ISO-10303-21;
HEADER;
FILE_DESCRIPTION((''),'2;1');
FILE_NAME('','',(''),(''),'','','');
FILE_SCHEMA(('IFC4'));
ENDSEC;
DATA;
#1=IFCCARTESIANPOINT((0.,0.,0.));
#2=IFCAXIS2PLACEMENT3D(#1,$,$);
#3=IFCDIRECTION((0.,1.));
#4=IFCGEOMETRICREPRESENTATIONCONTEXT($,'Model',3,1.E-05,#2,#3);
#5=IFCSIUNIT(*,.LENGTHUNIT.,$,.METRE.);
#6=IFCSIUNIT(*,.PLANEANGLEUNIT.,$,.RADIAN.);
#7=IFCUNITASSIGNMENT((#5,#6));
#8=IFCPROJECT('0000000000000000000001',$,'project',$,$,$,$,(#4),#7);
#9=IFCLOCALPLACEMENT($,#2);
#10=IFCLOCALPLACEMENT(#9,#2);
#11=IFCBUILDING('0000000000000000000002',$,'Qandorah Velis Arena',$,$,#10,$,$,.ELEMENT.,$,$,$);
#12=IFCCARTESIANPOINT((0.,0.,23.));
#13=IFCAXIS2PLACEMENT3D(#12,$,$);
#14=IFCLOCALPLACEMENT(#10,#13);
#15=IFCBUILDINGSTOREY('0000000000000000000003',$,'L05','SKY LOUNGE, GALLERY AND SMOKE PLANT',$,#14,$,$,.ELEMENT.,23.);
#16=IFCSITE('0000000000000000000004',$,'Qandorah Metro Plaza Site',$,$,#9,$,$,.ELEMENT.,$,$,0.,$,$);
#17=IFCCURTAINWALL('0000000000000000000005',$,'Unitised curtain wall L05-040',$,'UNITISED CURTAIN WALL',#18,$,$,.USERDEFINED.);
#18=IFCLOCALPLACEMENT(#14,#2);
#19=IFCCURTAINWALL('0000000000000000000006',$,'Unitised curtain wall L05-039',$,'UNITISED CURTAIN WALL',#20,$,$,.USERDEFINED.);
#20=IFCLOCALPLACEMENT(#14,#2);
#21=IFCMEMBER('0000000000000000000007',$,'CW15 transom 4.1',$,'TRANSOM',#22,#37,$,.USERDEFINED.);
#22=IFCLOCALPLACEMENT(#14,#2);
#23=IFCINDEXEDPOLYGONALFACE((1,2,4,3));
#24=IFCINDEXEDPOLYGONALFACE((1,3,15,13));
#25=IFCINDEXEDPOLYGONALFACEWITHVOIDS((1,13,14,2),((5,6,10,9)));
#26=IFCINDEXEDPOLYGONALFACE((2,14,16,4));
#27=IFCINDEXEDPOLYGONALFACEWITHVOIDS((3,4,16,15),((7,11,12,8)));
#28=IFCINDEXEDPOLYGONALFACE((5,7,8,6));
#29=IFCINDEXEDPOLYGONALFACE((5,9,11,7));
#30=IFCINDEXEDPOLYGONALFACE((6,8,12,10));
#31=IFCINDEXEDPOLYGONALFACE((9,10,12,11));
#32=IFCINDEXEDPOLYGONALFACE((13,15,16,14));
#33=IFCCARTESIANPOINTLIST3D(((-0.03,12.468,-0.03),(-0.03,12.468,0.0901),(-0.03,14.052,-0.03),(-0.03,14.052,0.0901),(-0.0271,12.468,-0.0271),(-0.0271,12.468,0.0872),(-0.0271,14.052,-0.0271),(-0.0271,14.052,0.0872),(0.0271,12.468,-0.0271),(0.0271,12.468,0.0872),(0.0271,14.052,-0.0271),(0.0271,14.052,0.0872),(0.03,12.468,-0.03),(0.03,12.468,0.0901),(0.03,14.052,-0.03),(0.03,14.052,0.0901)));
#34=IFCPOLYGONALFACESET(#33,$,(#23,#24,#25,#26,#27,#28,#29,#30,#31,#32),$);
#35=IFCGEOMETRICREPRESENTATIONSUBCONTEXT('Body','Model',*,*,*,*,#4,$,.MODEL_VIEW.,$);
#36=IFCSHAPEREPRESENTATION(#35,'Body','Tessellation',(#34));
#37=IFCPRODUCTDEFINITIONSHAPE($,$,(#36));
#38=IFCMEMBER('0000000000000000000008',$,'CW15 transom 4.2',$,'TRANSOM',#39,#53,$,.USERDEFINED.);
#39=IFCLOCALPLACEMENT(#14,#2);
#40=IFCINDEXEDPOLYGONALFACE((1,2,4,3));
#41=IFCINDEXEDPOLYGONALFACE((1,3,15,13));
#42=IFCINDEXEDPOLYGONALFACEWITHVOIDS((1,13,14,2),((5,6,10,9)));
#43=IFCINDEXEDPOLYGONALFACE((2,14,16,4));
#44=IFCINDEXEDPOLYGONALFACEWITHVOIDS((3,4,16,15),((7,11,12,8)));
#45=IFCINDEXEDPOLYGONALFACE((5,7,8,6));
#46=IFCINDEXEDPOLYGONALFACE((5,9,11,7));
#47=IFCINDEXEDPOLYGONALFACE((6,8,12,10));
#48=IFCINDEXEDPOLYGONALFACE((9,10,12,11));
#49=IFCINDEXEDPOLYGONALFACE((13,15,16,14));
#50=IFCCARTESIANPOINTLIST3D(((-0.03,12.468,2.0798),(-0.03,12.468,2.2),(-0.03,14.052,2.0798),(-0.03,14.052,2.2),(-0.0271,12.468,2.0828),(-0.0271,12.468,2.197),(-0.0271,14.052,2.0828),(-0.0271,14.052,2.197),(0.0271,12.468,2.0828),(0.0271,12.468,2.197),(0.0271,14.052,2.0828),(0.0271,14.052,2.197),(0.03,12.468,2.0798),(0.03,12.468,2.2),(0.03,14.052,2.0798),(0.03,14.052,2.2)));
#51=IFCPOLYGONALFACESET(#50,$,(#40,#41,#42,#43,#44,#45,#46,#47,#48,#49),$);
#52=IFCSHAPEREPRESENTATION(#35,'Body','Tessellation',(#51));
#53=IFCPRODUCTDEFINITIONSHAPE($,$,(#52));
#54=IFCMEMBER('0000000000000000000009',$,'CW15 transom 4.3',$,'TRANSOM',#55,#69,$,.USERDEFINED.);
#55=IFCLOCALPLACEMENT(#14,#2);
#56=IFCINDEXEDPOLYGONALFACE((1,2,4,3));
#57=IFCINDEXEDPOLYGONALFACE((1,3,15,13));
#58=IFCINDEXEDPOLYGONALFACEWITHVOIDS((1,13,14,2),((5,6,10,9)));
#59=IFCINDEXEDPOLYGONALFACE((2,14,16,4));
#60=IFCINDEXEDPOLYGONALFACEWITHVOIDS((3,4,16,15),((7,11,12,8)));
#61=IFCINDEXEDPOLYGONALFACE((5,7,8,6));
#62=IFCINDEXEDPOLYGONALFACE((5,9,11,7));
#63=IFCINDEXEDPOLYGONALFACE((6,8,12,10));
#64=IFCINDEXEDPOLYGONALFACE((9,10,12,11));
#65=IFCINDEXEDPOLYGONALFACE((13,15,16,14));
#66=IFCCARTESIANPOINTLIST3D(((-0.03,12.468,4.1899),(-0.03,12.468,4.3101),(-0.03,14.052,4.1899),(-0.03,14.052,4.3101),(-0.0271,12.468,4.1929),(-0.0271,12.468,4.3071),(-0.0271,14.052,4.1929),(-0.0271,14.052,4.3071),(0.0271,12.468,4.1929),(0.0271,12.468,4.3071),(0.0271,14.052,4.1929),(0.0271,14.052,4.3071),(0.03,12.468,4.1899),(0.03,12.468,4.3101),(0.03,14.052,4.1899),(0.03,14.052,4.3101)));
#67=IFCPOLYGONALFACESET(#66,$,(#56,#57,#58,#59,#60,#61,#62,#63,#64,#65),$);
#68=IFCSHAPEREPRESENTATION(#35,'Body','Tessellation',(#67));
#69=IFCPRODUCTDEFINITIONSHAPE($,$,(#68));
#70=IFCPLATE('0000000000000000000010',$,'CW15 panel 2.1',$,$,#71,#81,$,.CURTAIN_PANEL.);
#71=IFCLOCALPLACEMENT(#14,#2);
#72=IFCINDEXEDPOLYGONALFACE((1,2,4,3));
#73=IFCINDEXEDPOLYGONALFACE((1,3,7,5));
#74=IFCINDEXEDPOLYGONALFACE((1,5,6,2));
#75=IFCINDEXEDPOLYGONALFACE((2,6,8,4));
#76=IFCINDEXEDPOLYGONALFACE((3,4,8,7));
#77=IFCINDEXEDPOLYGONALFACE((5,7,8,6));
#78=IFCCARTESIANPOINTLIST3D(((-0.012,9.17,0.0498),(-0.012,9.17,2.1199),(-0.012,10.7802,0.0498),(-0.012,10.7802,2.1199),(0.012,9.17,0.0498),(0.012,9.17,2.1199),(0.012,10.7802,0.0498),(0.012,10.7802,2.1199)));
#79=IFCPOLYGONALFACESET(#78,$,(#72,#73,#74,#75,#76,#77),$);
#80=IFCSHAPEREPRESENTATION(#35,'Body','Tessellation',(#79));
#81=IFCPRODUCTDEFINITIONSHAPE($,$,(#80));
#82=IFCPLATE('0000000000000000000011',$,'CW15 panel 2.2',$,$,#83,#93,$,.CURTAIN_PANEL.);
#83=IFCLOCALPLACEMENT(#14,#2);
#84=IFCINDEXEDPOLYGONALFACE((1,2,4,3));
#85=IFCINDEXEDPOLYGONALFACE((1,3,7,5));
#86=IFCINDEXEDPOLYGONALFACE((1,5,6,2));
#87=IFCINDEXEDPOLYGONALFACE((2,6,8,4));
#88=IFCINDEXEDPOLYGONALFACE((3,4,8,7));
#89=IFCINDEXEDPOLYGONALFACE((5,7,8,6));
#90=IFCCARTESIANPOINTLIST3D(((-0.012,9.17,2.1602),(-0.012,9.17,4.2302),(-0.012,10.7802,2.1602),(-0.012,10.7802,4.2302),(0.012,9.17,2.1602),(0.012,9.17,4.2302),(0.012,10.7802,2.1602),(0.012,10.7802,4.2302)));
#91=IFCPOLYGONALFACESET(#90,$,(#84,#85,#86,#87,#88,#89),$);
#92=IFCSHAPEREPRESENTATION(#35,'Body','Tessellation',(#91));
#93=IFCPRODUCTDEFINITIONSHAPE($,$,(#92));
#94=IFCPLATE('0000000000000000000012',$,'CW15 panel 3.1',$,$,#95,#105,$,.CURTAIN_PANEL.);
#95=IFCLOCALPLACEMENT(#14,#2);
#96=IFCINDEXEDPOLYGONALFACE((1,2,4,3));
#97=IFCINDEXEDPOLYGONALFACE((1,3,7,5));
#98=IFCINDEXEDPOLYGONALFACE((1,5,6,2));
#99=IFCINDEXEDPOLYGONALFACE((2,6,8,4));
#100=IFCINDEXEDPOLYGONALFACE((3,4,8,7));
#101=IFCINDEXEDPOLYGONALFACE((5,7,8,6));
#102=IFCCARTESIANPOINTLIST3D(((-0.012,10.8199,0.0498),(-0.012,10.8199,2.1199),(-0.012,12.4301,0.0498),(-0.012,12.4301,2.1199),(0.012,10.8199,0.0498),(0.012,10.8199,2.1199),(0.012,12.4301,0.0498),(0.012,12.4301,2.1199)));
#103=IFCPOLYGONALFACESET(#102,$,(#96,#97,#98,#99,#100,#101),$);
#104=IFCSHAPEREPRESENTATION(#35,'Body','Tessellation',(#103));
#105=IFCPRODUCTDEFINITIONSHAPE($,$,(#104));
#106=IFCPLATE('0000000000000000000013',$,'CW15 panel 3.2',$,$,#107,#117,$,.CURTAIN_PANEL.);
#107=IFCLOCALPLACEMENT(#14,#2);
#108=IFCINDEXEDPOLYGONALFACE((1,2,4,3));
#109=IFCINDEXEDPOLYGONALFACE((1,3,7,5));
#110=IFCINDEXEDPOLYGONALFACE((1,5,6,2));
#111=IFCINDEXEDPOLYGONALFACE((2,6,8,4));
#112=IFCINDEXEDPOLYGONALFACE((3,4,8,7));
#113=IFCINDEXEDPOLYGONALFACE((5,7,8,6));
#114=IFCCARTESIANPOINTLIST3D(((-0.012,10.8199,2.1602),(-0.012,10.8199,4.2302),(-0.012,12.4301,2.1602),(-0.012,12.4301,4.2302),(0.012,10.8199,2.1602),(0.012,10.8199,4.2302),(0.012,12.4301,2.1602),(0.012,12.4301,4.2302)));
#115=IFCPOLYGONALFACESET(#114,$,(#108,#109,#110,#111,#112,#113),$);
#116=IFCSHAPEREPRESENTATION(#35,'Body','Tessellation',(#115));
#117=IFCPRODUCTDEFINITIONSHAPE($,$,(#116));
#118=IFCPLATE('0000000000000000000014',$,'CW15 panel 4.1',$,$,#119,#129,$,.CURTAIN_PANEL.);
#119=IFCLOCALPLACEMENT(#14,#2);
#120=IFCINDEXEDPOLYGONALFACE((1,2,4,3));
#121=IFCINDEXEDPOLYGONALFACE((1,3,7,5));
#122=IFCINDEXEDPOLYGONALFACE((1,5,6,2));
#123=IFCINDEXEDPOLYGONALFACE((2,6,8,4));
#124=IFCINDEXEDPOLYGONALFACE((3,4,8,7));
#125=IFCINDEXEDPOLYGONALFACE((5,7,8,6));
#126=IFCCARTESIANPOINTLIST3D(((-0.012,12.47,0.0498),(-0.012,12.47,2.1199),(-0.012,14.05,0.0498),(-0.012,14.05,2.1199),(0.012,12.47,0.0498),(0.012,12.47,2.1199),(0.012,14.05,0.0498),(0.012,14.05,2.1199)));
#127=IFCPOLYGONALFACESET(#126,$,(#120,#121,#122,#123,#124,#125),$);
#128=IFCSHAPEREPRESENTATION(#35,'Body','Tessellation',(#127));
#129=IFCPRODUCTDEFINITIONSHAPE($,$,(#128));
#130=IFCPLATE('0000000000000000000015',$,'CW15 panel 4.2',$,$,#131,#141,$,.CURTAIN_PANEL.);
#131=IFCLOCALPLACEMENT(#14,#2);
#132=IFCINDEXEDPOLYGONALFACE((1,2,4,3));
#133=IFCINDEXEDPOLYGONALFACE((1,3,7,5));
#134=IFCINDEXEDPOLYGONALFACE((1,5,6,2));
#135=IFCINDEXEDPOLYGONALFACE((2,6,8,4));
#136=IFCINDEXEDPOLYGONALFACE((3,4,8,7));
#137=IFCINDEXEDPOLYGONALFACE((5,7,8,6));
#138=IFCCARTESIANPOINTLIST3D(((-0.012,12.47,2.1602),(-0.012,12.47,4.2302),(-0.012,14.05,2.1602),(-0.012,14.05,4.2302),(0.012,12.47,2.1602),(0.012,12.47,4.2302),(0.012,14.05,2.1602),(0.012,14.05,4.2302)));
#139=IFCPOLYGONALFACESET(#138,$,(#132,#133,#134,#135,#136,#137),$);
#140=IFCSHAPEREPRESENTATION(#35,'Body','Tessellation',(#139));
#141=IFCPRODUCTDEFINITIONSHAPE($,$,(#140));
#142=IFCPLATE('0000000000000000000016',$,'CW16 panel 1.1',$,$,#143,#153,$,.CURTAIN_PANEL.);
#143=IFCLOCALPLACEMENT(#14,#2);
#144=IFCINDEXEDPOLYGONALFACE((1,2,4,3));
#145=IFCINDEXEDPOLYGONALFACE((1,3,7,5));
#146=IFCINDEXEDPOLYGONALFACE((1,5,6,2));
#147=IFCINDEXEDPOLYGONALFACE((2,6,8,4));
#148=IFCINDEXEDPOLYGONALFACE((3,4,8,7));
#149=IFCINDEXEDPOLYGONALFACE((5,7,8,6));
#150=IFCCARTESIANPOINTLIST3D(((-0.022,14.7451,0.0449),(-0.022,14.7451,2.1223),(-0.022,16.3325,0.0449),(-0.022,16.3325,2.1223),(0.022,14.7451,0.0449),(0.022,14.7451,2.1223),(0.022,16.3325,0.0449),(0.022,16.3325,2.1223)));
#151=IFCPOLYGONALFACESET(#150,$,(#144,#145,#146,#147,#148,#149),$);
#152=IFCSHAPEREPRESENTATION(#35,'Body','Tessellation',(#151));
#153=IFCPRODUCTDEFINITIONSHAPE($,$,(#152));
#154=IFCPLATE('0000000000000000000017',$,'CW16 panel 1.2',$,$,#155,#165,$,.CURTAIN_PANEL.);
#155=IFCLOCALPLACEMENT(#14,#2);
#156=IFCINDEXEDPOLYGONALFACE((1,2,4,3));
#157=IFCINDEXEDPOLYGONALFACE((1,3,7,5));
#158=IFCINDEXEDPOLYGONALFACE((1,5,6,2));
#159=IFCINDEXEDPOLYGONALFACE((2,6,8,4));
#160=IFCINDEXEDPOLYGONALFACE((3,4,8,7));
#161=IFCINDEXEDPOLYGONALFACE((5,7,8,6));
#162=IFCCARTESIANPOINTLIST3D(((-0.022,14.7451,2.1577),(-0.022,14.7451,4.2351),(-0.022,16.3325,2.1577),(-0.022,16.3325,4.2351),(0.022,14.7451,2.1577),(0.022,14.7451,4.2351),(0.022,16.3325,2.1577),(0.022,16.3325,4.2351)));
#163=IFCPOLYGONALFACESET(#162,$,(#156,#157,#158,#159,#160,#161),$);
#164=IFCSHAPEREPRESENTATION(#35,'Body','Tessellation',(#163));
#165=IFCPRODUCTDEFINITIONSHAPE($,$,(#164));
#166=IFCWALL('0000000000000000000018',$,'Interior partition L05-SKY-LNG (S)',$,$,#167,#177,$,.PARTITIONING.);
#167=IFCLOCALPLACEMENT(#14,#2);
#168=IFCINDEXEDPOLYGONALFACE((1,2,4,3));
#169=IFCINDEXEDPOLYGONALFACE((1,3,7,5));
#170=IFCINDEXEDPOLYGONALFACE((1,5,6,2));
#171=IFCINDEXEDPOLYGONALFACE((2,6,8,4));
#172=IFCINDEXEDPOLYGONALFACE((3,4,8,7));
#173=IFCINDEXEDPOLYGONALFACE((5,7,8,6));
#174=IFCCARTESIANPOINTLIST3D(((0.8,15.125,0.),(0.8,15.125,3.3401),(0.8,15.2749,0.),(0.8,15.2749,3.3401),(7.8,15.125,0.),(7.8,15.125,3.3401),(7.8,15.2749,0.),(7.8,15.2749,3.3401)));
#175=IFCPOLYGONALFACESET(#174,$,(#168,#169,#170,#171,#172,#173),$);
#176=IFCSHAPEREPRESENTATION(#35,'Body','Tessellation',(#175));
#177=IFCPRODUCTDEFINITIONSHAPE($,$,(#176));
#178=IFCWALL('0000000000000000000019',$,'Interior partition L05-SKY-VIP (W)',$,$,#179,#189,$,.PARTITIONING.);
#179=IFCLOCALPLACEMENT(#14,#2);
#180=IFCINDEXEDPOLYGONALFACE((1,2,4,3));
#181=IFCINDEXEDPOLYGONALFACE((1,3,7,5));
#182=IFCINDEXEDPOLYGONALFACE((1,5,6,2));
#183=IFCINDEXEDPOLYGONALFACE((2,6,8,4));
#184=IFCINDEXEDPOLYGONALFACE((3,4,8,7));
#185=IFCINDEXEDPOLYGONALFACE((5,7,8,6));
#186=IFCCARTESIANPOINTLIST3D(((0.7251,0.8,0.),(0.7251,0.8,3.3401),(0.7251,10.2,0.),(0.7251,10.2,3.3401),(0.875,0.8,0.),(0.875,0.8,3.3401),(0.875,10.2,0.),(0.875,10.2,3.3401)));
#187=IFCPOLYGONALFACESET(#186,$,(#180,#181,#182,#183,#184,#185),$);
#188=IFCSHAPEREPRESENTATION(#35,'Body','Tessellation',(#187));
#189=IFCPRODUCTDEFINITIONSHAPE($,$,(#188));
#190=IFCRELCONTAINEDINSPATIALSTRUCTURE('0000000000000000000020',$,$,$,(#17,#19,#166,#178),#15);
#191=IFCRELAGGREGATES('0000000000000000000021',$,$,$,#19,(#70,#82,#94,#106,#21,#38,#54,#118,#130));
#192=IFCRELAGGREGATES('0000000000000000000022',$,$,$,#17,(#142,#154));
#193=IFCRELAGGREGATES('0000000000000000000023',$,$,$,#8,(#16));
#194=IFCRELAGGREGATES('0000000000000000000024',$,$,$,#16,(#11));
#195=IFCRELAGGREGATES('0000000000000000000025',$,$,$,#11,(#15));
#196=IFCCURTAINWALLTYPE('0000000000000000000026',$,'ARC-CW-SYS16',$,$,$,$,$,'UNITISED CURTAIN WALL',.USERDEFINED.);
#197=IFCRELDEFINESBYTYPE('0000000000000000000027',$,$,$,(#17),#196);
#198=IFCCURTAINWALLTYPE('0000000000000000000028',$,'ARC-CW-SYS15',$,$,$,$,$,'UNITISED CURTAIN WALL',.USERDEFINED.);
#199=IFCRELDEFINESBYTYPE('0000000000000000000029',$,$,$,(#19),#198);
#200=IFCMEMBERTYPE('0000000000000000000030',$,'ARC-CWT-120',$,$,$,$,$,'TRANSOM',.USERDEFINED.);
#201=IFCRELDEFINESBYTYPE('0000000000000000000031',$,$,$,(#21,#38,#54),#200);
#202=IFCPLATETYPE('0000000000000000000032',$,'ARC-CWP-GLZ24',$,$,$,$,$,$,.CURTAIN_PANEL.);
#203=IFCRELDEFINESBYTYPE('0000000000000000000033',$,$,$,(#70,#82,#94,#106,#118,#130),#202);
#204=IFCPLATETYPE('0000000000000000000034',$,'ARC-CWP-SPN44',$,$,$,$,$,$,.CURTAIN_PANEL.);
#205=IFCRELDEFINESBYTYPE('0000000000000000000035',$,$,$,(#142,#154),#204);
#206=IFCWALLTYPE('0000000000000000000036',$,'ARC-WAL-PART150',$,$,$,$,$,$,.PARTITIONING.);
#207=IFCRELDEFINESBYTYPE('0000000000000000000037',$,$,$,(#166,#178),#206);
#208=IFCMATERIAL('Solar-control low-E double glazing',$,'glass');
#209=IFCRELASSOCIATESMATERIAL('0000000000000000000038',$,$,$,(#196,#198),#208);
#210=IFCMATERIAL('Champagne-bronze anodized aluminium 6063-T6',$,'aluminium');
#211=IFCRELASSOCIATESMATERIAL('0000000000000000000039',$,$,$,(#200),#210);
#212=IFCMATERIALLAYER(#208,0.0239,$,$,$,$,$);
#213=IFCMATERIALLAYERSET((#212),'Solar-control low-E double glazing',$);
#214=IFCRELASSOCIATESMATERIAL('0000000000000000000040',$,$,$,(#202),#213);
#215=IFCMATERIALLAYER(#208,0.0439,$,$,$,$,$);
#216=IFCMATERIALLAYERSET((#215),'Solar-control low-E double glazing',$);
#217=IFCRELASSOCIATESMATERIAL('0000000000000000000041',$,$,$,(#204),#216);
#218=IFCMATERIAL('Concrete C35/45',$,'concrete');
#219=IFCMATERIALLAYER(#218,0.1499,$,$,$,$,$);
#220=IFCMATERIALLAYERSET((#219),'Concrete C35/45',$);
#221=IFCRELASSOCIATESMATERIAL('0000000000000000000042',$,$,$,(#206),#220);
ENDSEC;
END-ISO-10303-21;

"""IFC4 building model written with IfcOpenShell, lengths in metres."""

from ifc_helpers import new_model, si_unit, direction, frame, frame_2d, origin, origin_2d, place, context, subcontext, project, spatial, rectangle, hollow_rectangle, extrude, material, layer, layer_set, material_profile, profile_set, type_object, element, aggregate, save


model = new_model("IFC4")

# Units and contexts
model_context = context("Model", 3, precision=1e-05, world=origin(), true_north=direction((0.0, 1.0)))
body_context = subcontext(model_context, "Body", "Model", "MODEL_VIEW")
ifc_project = project(units=[si_unit("LENGTHUNIT", "METRE"), si_unit("PLANEANGLEUNIT", "RADIAN")], contexts=[model_context])

# Site, building, storey
site_placement = place(None, origin())
site = spatial("IfcSite", under=ifc_project, at=site_placement, Name="Qandorah Metro Plaza Site", CompositionType="ELEMENT", RefElevation=0.0)
building_placement = place(site_placement, origin())
building = spatial("IfcBuilding", under=site, at=building_placement, Name="Qandorah Velis Arena", CompositionType="ELEMENT")
storey_placement = place(building_placement, frame((0.0, 0.0, 23.0)))
storey = spatial("IfcBuildingStorey", under=building, at=storey_placement, Name="L05", Description="SKY LOUNGE, GALLERY AND SMOKE PLANT", CompositionType="ELEMENT", Elevation=23.0)

# Curtain wall
ifc_material_1 = material(Name="Solar-control low-E double glazing", Category="glass")
curtain_wall_type_1 = type_object("IfcCurtainWallType", Name="ARC-CW-SYS16", ElementType="UNITISED CURTAIN WALL", PredefinedType="USERDEFINED", material=ifc_material_1)
curtain_wall_1_placement = place(storey_placement, origin())
curtain_wall_1 = element("IfcCurtainWall", 1, at=curtain_wall_1_placement, inside=storey, type_object=curtain_wall_type_1, Name="Unitised curtain wall L05-040", ObjectType="UNITISED CURTAIN WALL", PredefinedType="USERDEFINED")
ifc_material_2 = material(Name="Champagne-bronze anodized aluminium 6063-T6", Category="aluminium")

# Curtain wall
curtain_wall_type_2 = type_object("IfcCurtainWallType", Name="ARC-CW-SYS15", ElementType="UNITISED CURTAIN WALL", PredefinedType="USERDEFINED", material=ifc_material_1)
curtain_wall_2_placement = place(storey_placement, origin())
curtain_wall_2 = element("IfcCurtainWall", 2, at=curtain_wall_2_placement, inside=storey, type_object=curtain_wall_type_2, Name="Unitised curtain wall L05-039", ObjectType="UNITISED CURTAIN WALL", PredefinedType="USERDEFINED")

# Members
ifc_material_profile_1 = material_profile(ifc_material_2, hollow_rectangle(XDim=0.0601, YDim=0.1201, WallThickness=0.0029, at=origin_2d()), Name="ALU TRANSOM 60x120")
ifc_profile_set_1 = profile_set([ifc_material_profile_1], Name="Champagne-bronze anodized aluminium 6063-T6")
member_type_1 = type_object("IfcMemberType", Name="ARC-CWT-120", ElementType="TRANSOM", PredefinedType="USERDEFINED", material=ifc_profile_set_1)
member_1_placement = place(storey_placement, frame((0.0, 12.468, 0.03), z_axis=(0.0, 1.0, 0.0), x_axis=(-1.0, 0.0, 0.0)))
member_1 = element("IfcMember", 3, at=member_1_placement, type_object=member_type_1, Name="CW15 transom 4.1", ObjectType="TRANSOM", PredefinedType="USERDEFINED", context=body_context, shape_type="SweptSolid", body=[
    extrude(hollow_rectangle(XDim=0.0601, YDim=0.1201, WallThickness=0.0029, at=origin_2d()), origin(), (0.0, 0.0, 1.0), 1.584),
])
member_2_placement = place(storey_placement, frame((0.0, 12.468, 2.1399), z_axis=(0.0, 1.0, 0.0), x_axis=(-1.0, 0.0, 0.0)))
member_2 = element("IfcMember", 4, at=member_2_placement, type_object=member_type_1, Name="CW15 transom 4.2", ObjectType="TRANSOM", PredefinedType="USERDEFINED", context=body_context, shape_type="SweptSolid", body=[
    extrude(hollow_rectangle(XDim=0.0601, YDim=0.1201, WallThickness=0.0029, at=origin_2d()), origin(), (0.0, 0.0, 1.0), 1.584),
])
member_3_placement = place(storey_placement, frame((0.0, 12.468, 4.25), z_axis=(0.0, 1.0, 0.0), x_axis=(-1.0, 0.0, 0.0)))
member_3 = element("IfcMember", 5, at=member_3_placement, type_object=member_type_1, Name="CW15 transom 4.3", ObjectType="TRANSOM", PredefinedType="USERDEFINED", context=body_context, shape_type="SweptSolid", body=[
    extrude(hollow_rectangle(XDim=0.0601, YDim=0.1201, WallThickness=0.0029, at=origin_2d()), origin(), (0.0, 0.0, 1.0), 1.584),
])

# Plates
ifc_layer_1 = layer(ifc_material_1, 0.0239)
ifc_layer_set_1 = layer_set([ifc_layer_1], Name="Solar-control low-E double glazing")
plate_type_1 = type_object("IfcPlateType", Name="ARC-CWP-GLZ24", PredefinedType="CURTAIN_PANEL", material=ifc_layer_set_1)
plate_1_placement = place(storey_placement, frame((0.0, 9.9751, 0.0498), z_axis=(0.0, 0.0, 1.0), x_axis=(0.0, 1.0, 0.0)))
plate_1 = element("IfcPlate", 6, at=plate_1_placement, type_object=plate_type_1, Name="CW15 panel 2.1", PredefinedType="CURTAIN_PANEL", context=body_context, shape_type="SweptSolid", body=[
    extrude(rectangle(XDim=1.6101, YDim=0.0239, at=origin_2d()), origin(), (0.0, 0.0, 1.0), 2.0701),
])
plate_2_placement = place(storey_placement, frame((0.0, 9.9751, 2.1602), z_axis=(0.0, 0.0, 1.0), x_axis=(0.0, 1.0, 0.0)))
plate_2 = element("IfcPlate", 7, at=plate_2_placement, type_object=plate_type_1, Name="CW15 panel 2.2", PredefinedType="CURTAIN_PANEL", context=body_context, shape_type="SweptSolid", body=[
    extrude(rectangle(XDim=1.6101, YDim=0.0239, at=origin_2d()), origin(), (0.0, 0.0, 1.0), 2.0701),
])
plate_3_placement = place(storey_placement, frame((0.0, 11.625, 0.0498), z_axis=(0.0, 0.0, 1.0), x_axis=(0.0, 1.0, 0.0)))
plate_3 = element("IfcPlate", 8, at=plate_3_placement, type_object=plate_type_1, Name="CW15 panel 3.1", PredefinedType="CURTAIN_PANEL", context=body_context, shape_type="SweptSolid", body=[
    extrude(rectangle(XDim=1.6101, YDim=0.0239, at=origin_2d()), origin(), (0.0, 0.0, 1.0), 2.0701),
])
plate_4_placement = place(storey_placement, frame((0.0, 11.625, 2.1602), z_axis=(0.0, 0.0, 1.0), x_axis=(0.0, 1.0, 0.0)))
plate_4 = element("IfcPlate", 9, at=plate_4_placement, type_object=plate_type_1, Name="CW15 panel 3.2", PredefinedType="CURTAIN_PANEL", context=body_context, shape_type="SweptSolid", body=[
    extrude(rectangle(XDim=1.6101, YDim=0.0239, at=origin_2d()), origin(), (0.0, 0.0, 1.0), 2.0701),
])
plate_5_placement = place(storey_placement, frame((0.0, 13.26, 0.0498), z_axis=(0.0, 0.0, 1.0), x_axis=(0.0, 1.0, 0.0)))
plate_5 = element("IfcPlate", 10, at=plate_5_placement, type_object=plate_type_1, Name="CW15 panel 4.1", PredefinedType="CURTAIN_PANEL", context=body_context, shape_type="SweptSolid", body=[
    extrude(rectangle(XDim=1.5801, YDim=0.0239, at=origin_2d()), origin(), (0.0, 0.0, 1.0), 2.0701),
])
plate_6_placement = place(storey_placement, frame((0.0, 13.26, 2.1602), z_axis=(0.0, 0.0, 1.0), x_axis=(0.0, 1.0, 0.0)))
plate_6 = element("IfcPlate", 11, at=plate_6_placement, type_object=plate_type_1, Name="CW15 panel 4.2", PredefinedType="CURTAIN_PANEL", context=body_context, shape_type="SweptSolid", body=[
    extrude(rectangle(XDim=1.5801, YDim=0.0239, at=origin_2d()), origin(), (0.0, 0.0, 1.0), 2.0701),
])
aggregate(curtain_wall_2, [plate_1, plate_2, plate_3, plate_4, member_1, member_2, member_3, plate_5, plate_6])
ifc_layer_2 = layer(ifc_material_1, 0.0439)
ifc_layer_set_2 = layer_set([ifc_layer_2], Name="Solar-control low-E double glazing")
plate_type_2 = type_object("IfcPlateType", Name="ARC-CWP-SPN44", PredefinedType="CURTAIN_PANEL", material=ifc_layer_set_2)
plate_7_placement = place(storey_placement, frame((0.0, 15.5388, 0.0449), z_axis=(0.0, 0.0, 1.0), x_axis=(0.0, 1.0, 0.0)))
plate_7 = element("IfcPlate", 12, at=plate_7_placement, type_object=plate_type_2, Name="CW16 panel 1.1", PredefinedType="CURTAIN_PANEL", context=body_context, shape_type="SweptSolid", body=[
    extrude(rectangle(XDim=1.5874, YDim=0.0439, at=origin_2d()), origin(), (0.0, 0.0, 1.0), 2.0774),
])
plate_8_placement = place(storey_placement, frame((0.0, 15.5388, 2.1577), z_axis=(0.0, 0.0, 1.0), x_axis=(0.0, 1.0, 0.0)))
plate_8 = element("IfcPlate", 13, at=plate_8_placement, type_object=plate_type_2, Name="CW16 panel 1.2", PredefinedType="CURTAIN_PANEL", context=body_context, shape_type="SweptSolid", body=[
    extrude(rectangle(XDim=1.5874, YDim=0.0439, at=origin_2d()), origin(), (0.0, 0.0, 1.0), 2.0774),
])
aggregate(curtain_wall_1, [plate_7, plate_8])

# Walls
ifc_material_3 = material(Name="Concrete C35/45", Category="concrete")
ifc_layer_3 = layer(ifc_material_3, 0.1499)
ifc_layer_set_3 = layer_set([ifc_layer_3], Name="Concrete C35/45")
wall_type = type_object("IfcWallType", Name="ARC-WAL-PART150", PredefinedType="PARTITIONING", material=ifc_layer_set_3)
wall_1_placement = place(storey_placement, frame((0.8, 15.2, 0.0), z_axis=(0.0, 0.0, 1.0), x_axis=(1.0, 0.0, 0.0)))
element("IfcWall", 14, at=wall_1_placement, inside=storey, type_object=wall_type, Name="Interior partition L05-SKY-LNG (S)", PredefinedType="PARTITIONING", context=body_context, shape_type="SweptSolid", body=[
    extrude(rectangle(XDim=7.0, YDim=0.1499, at=frame_2d((3.5, 0.0))), origin(), (0.0, 0.0, 1.0), 3.3401),
])
wall_2_placement = place(storey_placement, frame((0.8, 10.2, 0.0), z_axis=(0.0, 0.0, 1.0), x_axis=(0.0, -1.0, 0.0)))
element("IfcWall", 15, at=wall_2_placement, inside=storey, type_object=wall_type, Name="Interior partition L05-SKY-VIP (W)", PredefinedType="PARTITIONING", context=body_context, shape_type="SweptSolid", body=[
    extrude(rectangle(XDim=9.3999, YDim=0.1499, at=frame_2d((4.7, 0.0))), origin(), (0.0, 0.0, 1.0), 3.3401),
])

save(model, "model.ifc")
